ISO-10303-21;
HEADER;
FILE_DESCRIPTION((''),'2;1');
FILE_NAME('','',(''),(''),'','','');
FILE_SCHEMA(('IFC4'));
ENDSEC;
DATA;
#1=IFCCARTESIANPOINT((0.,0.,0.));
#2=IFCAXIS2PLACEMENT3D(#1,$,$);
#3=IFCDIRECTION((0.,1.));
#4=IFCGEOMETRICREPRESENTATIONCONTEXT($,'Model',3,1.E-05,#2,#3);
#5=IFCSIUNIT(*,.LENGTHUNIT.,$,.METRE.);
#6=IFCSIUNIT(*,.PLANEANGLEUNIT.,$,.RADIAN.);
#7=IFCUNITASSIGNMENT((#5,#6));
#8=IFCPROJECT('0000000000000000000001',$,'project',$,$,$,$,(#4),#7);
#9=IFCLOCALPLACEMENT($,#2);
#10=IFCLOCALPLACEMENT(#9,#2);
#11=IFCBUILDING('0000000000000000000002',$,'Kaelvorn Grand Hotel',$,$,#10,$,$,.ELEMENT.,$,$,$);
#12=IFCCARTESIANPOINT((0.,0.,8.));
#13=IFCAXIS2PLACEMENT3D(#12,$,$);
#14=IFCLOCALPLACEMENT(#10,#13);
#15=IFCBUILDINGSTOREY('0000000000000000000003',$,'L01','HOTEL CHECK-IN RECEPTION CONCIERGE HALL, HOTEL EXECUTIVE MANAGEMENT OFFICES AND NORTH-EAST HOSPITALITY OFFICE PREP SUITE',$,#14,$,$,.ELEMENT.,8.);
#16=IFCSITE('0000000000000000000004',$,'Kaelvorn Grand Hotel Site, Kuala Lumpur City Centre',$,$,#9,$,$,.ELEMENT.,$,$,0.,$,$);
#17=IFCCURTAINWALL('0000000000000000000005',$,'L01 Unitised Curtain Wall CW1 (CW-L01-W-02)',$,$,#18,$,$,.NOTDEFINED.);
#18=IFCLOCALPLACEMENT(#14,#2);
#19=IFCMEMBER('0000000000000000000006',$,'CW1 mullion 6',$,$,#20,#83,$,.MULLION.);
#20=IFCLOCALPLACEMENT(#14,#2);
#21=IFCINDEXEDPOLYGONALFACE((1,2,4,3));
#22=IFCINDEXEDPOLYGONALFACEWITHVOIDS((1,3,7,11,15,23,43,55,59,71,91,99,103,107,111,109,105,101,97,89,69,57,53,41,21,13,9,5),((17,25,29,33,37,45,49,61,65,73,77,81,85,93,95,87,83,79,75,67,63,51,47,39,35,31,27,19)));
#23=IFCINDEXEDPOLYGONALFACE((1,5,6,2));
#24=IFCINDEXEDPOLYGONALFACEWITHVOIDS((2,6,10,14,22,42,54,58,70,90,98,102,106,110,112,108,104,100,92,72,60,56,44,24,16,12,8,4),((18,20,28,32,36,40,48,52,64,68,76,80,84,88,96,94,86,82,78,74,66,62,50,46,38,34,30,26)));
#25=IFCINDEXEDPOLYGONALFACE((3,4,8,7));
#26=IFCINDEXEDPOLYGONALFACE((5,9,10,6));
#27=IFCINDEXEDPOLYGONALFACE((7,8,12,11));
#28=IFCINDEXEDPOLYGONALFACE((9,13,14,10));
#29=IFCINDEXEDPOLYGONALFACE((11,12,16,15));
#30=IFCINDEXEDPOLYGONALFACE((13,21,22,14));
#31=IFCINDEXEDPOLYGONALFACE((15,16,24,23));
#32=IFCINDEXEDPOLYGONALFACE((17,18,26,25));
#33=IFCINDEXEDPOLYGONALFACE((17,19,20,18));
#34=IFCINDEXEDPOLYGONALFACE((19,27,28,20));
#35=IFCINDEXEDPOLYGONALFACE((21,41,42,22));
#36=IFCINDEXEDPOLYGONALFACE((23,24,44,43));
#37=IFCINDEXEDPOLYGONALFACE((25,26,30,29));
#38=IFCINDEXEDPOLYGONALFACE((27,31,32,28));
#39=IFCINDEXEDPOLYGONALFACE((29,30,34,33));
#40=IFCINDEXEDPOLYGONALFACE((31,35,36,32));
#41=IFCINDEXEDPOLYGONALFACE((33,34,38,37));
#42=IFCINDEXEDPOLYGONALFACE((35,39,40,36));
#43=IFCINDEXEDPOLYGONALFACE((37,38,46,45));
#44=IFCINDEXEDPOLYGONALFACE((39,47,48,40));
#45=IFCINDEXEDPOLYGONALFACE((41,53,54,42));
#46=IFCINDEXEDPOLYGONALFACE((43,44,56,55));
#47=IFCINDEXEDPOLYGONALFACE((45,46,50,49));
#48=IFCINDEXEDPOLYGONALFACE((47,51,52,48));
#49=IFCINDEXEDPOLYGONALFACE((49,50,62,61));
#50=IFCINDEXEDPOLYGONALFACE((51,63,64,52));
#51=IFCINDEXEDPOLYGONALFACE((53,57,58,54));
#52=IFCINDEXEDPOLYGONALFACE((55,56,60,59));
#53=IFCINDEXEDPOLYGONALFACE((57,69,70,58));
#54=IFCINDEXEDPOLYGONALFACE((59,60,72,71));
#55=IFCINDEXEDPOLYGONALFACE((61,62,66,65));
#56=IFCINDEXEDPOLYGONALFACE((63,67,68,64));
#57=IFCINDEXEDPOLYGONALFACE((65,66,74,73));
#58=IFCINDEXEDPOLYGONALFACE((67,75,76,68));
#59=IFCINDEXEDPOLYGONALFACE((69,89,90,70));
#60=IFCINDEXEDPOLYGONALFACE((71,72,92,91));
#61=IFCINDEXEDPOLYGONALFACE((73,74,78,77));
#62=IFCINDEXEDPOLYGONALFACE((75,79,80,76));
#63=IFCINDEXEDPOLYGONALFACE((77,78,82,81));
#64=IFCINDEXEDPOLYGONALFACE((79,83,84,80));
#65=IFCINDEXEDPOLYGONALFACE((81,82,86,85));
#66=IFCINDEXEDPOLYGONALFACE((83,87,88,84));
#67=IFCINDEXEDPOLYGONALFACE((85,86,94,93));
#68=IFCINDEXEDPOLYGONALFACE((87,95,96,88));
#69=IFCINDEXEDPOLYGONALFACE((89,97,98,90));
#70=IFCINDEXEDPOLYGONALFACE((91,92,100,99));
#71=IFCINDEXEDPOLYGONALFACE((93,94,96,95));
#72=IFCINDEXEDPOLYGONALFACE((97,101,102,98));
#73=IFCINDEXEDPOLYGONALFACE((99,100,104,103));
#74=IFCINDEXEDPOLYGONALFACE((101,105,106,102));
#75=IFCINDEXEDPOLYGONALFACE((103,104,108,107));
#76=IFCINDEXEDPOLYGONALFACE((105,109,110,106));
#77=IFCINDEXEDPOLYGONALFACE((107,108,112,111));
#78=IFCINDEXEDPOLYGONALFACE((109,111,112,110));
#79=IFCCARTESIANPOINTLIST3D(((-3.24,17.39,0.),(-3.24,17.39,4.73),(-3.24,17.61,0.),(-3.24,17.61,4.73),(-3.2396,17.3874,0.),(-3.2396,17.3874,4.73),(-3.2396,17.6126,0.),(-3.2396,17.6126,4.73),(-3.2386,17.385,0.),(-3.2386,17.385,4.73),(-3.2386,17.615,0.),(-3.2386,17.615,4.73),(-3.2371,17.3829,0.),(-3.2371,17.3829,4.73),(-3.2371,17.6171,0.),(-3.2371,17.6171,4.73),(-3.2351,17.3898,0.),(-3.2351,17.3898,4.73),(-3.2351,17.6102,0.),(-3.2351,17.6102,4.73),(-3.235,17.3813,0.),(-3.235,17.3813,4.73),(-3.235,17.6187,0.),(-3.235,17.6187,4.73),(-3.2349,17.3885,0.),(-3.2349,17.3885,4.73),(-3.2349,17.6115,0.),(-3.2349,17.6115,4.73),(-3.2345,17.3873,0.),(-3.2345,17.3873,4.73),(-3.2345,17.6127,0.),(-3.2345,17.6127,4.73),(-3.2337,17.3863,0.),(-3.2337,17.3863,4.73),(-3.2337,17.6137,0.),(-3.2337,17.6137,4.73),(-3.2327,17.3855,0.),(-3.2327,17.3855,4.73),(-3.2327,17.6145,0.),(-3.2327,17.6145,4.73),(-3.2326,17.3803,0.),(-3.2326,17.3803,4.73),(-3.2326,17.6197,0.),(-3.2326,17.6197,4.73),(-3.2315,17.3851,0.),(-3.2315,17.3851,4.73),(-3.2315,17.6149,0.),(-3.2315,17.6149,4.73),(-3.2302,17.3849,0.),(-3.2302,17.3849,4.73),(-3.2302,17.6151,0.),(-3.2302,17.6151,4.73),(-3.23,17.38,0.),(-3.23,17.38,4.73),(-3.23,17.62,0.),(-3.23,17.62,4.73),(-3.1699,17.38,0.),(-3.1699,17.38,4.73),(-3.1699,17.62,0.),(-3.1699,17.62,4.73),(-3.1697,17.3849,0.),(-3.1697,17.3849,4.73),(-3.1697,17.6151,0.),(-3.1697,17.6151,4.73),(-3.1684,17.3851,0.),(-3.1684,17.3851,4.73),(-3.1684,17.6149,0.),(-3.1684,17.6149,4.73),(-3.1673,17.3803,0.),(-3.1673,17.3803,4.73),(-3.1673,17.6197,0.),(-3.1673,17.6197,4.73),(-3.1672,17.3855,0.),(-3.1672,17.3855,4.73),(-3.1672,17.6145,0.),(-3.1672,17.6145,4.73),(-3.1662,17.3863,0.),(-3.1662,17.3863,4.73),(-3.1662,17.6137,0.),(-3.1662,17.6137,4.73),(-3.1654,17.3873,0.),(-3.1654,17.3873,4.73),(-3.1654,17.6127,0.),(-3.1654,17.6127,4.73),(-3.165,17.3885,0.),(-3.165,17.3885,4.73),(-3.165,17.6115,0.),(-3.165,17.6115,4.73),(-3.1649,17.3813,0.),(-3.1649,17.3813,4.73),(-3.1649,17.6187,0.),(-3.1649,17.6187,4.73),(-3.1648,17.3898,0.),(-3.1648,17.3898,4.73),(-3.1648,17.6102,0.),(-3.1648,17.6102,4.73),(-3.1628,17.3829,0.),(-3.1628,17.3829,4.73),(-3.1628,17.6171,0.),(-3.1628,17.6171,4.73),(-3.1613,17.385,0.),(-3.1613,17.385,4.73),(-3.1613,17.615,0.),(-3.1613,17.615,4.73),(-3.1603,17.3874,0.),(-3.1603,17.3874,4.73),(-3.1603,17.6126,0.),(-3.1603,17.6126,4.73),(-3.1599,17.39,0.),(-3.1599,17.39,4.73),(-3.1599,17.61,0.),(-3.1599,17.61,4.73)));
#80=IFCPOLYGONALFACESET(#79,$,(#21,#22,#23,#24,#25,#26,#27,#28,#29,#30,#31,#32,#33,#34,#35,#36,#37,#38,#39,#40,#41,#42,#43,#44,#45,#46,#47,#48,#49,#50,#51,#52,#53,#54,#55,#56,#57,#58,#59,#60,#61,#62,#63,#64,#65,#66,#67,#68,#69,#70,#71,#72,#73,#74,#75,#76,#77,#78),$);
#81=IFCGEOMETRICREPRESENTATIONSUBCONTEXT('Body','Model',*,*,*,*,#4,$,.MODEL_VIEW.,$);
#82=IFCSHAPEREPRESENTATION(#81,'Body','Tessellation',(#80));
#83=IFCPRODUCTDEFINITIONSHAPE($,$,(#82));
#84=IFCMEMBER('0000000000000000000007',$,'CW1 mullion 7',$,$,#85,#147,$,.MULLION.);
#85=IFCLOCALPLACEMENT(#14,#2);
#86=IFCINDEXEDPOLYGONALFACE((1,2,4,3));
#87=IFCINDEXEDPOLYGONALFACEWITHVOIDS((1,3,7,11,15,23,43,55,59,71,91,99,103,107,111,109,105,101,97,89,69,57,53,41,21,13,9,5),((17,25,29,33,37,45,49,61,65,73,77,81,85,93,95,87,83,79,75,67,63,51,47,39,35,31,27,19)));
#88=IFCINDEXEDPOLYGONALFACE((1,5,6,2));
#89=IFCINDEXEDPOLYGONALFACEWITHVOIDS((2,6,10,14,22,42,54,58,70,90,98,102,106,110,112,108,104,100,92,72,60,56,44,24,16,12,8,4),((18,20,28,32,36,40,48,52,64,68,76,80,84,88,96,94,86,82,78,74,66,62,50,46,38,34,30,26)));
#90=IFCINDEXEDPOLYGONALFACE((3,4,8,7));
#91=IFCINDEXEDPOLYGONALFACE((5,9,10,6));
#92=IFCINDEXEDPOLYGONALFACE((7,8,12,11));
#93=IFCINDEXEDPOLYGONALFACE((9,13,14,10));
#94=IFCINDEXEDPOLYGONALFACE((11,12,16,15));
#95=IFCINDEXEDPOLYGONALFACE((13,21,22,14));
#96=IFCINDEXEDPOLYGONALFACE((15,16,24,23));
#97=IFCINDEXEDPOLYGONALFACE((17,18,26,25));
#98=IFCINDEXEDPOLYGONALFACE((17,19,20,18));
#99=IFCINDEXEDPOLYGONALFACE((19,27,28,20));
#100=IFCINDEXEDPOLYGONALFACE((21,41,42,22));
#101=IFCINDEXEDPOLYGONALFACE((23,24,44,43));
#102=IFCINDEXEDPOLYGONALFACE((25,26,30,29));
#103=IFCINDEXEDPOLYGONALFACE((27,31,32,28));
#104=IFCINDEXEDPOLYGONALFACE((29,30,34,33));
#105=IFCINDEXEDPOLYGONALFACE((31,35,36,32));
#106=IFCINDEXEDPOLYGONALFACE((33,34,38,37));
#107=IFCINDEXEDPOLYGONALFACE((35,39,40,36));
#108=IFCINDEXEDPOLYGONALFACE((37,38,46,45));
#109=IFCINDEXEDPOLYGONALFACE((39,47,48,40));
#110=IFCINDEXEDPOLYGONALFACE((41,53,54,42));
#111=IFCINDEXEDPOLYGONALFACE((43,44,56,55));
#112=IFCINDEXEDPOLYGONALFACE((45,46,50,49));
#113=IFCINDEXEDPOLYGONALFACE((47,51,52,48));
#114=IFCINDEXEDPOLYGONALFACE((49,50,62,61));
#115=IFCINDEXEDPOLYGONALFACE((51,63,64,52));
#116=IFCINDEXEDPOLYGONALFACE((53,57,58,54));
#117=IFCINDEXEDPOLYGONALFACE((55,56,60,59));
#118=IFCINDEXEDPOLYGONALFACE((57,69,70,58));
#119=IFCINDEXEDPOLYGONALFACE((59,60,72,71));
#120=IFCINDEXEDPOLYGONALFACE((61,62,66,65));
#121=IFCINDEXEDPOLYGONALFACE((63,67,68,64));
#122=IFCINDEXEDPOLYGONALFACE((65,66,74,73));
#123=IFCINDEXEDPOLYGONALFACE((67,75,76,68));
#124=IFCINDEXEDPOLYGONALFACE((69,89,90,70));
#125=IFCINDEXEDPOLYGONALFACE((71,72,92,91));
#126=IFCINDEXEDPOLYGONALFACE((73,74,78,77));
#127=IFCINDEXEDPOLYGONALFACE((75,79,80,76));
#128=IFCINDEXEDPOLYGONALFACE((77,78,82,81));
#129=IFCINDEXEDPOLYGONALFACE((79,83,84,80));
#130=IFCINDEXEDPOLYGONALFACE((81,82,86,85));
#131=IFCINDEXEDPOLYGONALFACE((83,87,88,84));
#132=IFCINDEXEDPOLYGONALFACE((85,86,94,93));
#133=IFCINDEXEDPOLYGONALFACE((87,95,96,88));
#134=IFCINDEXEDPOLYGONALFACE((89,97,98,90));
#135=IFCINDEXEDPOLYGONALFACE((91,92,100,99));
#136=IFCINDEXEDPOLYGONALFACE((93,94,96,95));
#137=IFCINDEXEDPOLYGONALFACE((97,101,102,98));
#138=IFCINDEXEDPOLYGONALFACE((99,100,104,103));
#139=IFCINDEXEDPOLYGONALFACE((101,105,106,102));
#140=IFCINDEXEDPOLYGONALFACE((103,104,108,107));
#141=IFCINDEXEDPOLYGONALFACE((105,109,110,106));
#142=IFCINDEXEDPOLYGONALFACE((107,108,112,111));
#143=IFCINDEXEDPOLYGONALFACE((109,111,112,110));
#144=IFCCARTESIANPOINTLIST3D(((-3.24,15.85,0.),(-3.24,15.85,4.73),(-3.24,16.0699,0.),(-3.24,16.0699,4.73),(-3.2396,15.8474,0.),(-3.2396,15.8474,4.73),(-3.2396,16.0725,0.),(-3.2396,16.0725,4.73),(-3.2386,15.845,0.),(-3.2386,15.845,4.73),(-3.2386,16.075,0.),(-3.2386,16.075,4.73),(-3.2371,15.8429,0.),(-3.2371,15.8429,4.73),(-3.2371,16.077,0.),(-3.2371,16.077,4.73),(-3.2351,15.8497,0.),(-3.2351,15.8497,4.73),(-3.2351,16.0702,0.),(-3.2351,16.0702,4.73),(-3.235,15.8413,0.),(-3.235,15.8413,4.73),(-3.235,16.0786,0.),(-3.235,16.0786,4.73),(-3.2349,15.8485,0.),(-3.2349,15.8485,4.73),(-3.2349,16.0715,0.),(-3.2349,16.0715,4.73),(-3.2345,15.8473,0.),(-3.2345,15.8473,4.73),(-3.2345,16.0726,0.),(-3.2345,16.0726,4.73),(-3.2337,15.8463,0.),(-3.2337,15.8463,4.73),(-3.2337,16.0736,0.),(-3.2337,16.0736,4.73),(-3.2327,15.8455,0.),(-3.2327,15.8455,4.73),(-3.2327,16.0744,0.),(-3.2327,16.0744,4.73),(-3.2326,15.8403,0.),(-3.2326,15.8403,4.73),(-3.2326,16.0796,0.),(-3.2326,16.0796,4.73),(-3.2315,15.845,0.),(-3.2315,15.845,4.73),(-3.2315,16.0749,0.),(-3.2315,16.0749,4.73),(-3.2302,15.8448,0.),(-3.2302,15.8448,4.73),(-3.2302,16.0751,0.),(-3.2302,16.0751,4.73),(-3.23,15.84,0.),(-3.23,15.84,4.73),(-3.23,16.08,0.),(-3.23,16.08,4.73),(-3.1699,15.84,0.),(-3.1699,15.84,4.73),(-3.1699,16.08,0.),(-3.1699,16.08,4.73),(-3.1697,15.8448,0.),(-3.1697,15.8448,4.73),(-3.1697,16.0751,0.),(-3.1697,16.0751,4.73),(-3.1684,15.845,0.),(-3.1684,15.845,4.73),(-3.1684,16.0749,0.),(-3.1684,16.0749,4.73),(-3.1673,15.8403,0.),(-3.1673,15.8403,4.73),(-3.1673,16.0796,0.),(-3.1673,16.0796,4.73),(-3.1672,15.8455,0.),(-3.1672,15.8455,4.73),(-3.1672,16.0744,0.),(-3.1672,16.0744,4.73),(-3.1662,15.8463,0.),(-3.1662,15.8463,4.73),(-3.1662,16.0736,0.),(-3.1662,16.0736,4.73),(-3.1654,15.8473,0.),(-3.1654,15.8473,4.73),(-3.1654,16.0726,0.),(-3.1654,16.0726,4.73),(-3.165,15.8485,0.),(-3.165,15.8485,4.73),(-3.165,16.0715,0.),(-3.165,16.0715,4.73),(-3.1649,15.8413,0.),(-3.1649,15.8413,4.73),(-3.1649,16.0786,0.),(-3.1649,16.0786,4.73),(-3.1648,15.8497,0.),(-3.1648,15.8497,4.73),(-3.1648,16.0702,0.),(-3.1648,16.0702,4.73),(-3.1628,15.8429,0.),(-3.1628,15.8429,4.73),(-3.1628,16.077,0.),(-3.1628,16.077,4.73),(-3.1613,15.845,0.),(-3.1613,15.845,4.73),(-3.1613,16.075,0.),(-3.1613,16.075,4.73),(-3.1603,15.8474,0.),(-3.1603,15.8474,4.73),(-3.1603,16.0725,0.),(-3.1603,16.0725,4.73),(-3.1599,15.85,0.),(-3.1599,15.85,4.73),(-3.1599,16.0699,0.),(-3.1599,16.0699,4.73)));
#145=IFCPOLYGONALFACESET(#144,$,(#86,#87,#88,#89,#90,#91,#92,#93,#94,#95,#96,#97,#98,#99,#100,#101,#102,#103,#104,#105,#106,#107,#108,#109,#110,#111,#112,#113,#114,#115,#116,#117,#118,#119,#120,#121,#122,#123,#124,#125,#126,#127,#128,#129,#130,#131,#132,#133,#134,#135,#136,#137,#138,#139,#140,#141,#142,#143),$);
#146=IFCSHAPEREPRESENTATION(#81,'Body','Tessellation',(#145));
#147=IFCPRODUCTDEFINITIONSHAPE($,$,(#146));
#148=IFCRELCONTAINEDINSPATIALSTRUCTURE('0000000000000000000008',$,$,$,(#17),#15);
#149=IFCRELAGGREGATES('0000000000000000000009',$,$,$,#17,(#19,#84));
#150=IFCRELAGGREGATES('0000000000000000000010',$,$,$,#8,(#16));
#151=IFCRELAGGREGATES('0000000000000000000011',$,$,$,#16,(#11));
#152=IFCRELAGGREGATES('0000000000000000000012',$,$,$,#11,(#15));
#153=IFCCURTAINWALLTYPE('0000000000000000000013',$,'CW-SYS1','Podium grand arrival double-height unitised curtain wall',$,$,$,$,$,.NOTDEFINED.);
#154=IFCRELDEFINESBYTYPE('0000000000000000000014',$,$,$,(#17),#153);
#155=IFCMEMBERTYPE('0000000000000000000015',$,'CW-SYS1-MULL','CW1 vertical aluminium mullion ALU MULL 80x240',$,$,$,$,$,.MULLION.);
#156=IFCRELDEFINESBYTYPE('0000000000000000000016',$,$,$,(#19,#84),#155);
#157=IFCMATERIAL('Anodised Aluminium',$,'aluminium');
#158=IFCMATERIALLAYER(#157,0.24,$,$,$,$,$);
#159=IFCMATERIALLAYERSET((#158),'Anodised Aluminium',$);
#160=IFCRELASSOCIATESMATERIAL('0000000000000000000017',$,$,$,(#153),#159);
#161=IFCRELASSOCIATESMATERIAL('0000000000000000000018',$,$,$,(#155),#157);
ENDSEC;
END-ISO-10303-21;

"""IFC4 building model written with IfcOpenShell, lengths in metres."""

from ifc_helpers import new_model, si_unit, direction, frame, origin, origin_2d, place, context, subcontext, project, spatial, hollow_rectangle, extrude, material, layer, layer_set, material_profile, profile_set, type_object, element, aggregate, save


model = new_model("IFC4")

# Units and contexts
model_context = context("Model", 3, precision=1e-05, world=origin(), true_north=direction((0.0, 1.0)))
body_context = subcontext(model_context, "Body", "Model", "MODEL_VIEW")
ifc_project = project(units=[si_unit("LENGTHUNIT", "METRE"), si_unit("PLANEANGLEUNIT", "RADIAN")], contexts=[model_context])

# Site, building, storey
site_placement = place(None, origin())
site = spatial("IfcSite", under=ifc_project, at=site_placement, Name="Kaelvorn Grand Hotel Site, Kuala Lumpur City Centre", CompositionType="ELEMENT", RefElevation=0.0)
building_placement = place(site_placement, origin())
building = spatial("IfcBuilding", under=site, at=building_placement, Name="Kaelvorn Grand Hotel", CompositionType="ELEMENT")
storey_placement = place(building_placement, frame((0.0, 0.0, 8.0)))
storey = spatial("IfcBuildingStorey", under=building, at=storey_placement, Name="L01", Description="HOTEL CHECK-IN RECEPTION CONCIERGE HALL, HOTEL EXECUTIVE MANAGEMENT OFFICES AND NORTH-EAST HOSPITALITY OFFICE PREP SUITE", CompositionType="ELEMENT", Elevation=8.0)

# Curtain wall, members
ifc_material_1 = material(Name="Anodised Aluminium", Category="aluminium")
ifc_layer_1 = layer(ifc_material_1, 0.24)
ifc_layer_set_1 = layer_set([ifc_layer_1], Name="Anodised Aluminium")
curtain_wall_type = type_object("IfcCurtainWallType", Name="CW-SYS1", Description="Podium grand arrival double-height unitised curtain wall", PredefinedType="NOTDEFINED", material=ifc_layer_set_1)
curtain_wall_1_placement = place(storey_placement, origin())
curtain_wall_1 = element("IfcCurtainWall", 1, at=curtain_wall_1_placement, inside=storey, type_object=curtain_wall_type, Name="L01 Unitised Curtain Wall CW1 (CW-L01-W-02)", PredefinedType="NOTDEFINED")
ifc_material_profile_1 = material_profile(ifc_material_1, hollow_rectangle(XDim=0.0801, YDim=0.24, WallThickness=0.0049, InnerFilletRadius=0.0049, OuterFilletRadius=0.01, at=origin_2d()), Name="ALU MULL 80x240")
ifc_profile_set_1 = profile_set([ifc_material_profile_1], Name="Anodised Aluminium")
member_type_1 = type_object("IfcMemberType", Name="CW-SYS1-MULL", Description="CW1 vertical aluminium mullion ALU MULL 80x240", PredefinedType="MULLION", material=ifc_profile_set_1)
member_1_placement = place(storey_placement, frame((-3.2, 17.5, 0.0), z_axis=(0.0, 0.0, 1.0), x_axis=(1.0, 0.0, 0.0)))
member_1 = element("IfcMember", 2, at=member_1_placement, type_object=member_type_1, Name="CW1 mullion 6", PredefinedType="MULLION", context=body_context, shape_type="SweptSolid", body=[
    extrude(hollow_rectangle(XDim=0.0801, YDim=0.24, WallThickness=0.0049, InnerFilletRadius=0.0049, OuterFilletRadius=0.01, at=origin_2d()), origin(), (0.0, 0.0, 1.0), 4.73),
])
member_2_placement = place(storey_placement, frame((-3.2, 15.96, 0.0), z_axis=(0.0, 0.0, 1.0), x_axis=(1.0, 0.0, 0.0)))
member_2 = element("IfcMember", 3, at=member_2_placement, type_object=member_type_1, Name="CW1 mullion 7", PredefinedType="MULLION", context=body_context, shape_type="SweptSolid", body=[
    extrude(hollow_rectangle(XDim=0.0801, YDim=0.24, WallThickness=0.0049, InnerFilletRadius=0.0049, OuterFilletRadius=0.01, at=origin_2d()), origin(), (0.0, 0.0, 1.0), 4.73),
])

aggregate(curtain_wall_1, [member_1, member_2])

save(model, "model.ifc")
